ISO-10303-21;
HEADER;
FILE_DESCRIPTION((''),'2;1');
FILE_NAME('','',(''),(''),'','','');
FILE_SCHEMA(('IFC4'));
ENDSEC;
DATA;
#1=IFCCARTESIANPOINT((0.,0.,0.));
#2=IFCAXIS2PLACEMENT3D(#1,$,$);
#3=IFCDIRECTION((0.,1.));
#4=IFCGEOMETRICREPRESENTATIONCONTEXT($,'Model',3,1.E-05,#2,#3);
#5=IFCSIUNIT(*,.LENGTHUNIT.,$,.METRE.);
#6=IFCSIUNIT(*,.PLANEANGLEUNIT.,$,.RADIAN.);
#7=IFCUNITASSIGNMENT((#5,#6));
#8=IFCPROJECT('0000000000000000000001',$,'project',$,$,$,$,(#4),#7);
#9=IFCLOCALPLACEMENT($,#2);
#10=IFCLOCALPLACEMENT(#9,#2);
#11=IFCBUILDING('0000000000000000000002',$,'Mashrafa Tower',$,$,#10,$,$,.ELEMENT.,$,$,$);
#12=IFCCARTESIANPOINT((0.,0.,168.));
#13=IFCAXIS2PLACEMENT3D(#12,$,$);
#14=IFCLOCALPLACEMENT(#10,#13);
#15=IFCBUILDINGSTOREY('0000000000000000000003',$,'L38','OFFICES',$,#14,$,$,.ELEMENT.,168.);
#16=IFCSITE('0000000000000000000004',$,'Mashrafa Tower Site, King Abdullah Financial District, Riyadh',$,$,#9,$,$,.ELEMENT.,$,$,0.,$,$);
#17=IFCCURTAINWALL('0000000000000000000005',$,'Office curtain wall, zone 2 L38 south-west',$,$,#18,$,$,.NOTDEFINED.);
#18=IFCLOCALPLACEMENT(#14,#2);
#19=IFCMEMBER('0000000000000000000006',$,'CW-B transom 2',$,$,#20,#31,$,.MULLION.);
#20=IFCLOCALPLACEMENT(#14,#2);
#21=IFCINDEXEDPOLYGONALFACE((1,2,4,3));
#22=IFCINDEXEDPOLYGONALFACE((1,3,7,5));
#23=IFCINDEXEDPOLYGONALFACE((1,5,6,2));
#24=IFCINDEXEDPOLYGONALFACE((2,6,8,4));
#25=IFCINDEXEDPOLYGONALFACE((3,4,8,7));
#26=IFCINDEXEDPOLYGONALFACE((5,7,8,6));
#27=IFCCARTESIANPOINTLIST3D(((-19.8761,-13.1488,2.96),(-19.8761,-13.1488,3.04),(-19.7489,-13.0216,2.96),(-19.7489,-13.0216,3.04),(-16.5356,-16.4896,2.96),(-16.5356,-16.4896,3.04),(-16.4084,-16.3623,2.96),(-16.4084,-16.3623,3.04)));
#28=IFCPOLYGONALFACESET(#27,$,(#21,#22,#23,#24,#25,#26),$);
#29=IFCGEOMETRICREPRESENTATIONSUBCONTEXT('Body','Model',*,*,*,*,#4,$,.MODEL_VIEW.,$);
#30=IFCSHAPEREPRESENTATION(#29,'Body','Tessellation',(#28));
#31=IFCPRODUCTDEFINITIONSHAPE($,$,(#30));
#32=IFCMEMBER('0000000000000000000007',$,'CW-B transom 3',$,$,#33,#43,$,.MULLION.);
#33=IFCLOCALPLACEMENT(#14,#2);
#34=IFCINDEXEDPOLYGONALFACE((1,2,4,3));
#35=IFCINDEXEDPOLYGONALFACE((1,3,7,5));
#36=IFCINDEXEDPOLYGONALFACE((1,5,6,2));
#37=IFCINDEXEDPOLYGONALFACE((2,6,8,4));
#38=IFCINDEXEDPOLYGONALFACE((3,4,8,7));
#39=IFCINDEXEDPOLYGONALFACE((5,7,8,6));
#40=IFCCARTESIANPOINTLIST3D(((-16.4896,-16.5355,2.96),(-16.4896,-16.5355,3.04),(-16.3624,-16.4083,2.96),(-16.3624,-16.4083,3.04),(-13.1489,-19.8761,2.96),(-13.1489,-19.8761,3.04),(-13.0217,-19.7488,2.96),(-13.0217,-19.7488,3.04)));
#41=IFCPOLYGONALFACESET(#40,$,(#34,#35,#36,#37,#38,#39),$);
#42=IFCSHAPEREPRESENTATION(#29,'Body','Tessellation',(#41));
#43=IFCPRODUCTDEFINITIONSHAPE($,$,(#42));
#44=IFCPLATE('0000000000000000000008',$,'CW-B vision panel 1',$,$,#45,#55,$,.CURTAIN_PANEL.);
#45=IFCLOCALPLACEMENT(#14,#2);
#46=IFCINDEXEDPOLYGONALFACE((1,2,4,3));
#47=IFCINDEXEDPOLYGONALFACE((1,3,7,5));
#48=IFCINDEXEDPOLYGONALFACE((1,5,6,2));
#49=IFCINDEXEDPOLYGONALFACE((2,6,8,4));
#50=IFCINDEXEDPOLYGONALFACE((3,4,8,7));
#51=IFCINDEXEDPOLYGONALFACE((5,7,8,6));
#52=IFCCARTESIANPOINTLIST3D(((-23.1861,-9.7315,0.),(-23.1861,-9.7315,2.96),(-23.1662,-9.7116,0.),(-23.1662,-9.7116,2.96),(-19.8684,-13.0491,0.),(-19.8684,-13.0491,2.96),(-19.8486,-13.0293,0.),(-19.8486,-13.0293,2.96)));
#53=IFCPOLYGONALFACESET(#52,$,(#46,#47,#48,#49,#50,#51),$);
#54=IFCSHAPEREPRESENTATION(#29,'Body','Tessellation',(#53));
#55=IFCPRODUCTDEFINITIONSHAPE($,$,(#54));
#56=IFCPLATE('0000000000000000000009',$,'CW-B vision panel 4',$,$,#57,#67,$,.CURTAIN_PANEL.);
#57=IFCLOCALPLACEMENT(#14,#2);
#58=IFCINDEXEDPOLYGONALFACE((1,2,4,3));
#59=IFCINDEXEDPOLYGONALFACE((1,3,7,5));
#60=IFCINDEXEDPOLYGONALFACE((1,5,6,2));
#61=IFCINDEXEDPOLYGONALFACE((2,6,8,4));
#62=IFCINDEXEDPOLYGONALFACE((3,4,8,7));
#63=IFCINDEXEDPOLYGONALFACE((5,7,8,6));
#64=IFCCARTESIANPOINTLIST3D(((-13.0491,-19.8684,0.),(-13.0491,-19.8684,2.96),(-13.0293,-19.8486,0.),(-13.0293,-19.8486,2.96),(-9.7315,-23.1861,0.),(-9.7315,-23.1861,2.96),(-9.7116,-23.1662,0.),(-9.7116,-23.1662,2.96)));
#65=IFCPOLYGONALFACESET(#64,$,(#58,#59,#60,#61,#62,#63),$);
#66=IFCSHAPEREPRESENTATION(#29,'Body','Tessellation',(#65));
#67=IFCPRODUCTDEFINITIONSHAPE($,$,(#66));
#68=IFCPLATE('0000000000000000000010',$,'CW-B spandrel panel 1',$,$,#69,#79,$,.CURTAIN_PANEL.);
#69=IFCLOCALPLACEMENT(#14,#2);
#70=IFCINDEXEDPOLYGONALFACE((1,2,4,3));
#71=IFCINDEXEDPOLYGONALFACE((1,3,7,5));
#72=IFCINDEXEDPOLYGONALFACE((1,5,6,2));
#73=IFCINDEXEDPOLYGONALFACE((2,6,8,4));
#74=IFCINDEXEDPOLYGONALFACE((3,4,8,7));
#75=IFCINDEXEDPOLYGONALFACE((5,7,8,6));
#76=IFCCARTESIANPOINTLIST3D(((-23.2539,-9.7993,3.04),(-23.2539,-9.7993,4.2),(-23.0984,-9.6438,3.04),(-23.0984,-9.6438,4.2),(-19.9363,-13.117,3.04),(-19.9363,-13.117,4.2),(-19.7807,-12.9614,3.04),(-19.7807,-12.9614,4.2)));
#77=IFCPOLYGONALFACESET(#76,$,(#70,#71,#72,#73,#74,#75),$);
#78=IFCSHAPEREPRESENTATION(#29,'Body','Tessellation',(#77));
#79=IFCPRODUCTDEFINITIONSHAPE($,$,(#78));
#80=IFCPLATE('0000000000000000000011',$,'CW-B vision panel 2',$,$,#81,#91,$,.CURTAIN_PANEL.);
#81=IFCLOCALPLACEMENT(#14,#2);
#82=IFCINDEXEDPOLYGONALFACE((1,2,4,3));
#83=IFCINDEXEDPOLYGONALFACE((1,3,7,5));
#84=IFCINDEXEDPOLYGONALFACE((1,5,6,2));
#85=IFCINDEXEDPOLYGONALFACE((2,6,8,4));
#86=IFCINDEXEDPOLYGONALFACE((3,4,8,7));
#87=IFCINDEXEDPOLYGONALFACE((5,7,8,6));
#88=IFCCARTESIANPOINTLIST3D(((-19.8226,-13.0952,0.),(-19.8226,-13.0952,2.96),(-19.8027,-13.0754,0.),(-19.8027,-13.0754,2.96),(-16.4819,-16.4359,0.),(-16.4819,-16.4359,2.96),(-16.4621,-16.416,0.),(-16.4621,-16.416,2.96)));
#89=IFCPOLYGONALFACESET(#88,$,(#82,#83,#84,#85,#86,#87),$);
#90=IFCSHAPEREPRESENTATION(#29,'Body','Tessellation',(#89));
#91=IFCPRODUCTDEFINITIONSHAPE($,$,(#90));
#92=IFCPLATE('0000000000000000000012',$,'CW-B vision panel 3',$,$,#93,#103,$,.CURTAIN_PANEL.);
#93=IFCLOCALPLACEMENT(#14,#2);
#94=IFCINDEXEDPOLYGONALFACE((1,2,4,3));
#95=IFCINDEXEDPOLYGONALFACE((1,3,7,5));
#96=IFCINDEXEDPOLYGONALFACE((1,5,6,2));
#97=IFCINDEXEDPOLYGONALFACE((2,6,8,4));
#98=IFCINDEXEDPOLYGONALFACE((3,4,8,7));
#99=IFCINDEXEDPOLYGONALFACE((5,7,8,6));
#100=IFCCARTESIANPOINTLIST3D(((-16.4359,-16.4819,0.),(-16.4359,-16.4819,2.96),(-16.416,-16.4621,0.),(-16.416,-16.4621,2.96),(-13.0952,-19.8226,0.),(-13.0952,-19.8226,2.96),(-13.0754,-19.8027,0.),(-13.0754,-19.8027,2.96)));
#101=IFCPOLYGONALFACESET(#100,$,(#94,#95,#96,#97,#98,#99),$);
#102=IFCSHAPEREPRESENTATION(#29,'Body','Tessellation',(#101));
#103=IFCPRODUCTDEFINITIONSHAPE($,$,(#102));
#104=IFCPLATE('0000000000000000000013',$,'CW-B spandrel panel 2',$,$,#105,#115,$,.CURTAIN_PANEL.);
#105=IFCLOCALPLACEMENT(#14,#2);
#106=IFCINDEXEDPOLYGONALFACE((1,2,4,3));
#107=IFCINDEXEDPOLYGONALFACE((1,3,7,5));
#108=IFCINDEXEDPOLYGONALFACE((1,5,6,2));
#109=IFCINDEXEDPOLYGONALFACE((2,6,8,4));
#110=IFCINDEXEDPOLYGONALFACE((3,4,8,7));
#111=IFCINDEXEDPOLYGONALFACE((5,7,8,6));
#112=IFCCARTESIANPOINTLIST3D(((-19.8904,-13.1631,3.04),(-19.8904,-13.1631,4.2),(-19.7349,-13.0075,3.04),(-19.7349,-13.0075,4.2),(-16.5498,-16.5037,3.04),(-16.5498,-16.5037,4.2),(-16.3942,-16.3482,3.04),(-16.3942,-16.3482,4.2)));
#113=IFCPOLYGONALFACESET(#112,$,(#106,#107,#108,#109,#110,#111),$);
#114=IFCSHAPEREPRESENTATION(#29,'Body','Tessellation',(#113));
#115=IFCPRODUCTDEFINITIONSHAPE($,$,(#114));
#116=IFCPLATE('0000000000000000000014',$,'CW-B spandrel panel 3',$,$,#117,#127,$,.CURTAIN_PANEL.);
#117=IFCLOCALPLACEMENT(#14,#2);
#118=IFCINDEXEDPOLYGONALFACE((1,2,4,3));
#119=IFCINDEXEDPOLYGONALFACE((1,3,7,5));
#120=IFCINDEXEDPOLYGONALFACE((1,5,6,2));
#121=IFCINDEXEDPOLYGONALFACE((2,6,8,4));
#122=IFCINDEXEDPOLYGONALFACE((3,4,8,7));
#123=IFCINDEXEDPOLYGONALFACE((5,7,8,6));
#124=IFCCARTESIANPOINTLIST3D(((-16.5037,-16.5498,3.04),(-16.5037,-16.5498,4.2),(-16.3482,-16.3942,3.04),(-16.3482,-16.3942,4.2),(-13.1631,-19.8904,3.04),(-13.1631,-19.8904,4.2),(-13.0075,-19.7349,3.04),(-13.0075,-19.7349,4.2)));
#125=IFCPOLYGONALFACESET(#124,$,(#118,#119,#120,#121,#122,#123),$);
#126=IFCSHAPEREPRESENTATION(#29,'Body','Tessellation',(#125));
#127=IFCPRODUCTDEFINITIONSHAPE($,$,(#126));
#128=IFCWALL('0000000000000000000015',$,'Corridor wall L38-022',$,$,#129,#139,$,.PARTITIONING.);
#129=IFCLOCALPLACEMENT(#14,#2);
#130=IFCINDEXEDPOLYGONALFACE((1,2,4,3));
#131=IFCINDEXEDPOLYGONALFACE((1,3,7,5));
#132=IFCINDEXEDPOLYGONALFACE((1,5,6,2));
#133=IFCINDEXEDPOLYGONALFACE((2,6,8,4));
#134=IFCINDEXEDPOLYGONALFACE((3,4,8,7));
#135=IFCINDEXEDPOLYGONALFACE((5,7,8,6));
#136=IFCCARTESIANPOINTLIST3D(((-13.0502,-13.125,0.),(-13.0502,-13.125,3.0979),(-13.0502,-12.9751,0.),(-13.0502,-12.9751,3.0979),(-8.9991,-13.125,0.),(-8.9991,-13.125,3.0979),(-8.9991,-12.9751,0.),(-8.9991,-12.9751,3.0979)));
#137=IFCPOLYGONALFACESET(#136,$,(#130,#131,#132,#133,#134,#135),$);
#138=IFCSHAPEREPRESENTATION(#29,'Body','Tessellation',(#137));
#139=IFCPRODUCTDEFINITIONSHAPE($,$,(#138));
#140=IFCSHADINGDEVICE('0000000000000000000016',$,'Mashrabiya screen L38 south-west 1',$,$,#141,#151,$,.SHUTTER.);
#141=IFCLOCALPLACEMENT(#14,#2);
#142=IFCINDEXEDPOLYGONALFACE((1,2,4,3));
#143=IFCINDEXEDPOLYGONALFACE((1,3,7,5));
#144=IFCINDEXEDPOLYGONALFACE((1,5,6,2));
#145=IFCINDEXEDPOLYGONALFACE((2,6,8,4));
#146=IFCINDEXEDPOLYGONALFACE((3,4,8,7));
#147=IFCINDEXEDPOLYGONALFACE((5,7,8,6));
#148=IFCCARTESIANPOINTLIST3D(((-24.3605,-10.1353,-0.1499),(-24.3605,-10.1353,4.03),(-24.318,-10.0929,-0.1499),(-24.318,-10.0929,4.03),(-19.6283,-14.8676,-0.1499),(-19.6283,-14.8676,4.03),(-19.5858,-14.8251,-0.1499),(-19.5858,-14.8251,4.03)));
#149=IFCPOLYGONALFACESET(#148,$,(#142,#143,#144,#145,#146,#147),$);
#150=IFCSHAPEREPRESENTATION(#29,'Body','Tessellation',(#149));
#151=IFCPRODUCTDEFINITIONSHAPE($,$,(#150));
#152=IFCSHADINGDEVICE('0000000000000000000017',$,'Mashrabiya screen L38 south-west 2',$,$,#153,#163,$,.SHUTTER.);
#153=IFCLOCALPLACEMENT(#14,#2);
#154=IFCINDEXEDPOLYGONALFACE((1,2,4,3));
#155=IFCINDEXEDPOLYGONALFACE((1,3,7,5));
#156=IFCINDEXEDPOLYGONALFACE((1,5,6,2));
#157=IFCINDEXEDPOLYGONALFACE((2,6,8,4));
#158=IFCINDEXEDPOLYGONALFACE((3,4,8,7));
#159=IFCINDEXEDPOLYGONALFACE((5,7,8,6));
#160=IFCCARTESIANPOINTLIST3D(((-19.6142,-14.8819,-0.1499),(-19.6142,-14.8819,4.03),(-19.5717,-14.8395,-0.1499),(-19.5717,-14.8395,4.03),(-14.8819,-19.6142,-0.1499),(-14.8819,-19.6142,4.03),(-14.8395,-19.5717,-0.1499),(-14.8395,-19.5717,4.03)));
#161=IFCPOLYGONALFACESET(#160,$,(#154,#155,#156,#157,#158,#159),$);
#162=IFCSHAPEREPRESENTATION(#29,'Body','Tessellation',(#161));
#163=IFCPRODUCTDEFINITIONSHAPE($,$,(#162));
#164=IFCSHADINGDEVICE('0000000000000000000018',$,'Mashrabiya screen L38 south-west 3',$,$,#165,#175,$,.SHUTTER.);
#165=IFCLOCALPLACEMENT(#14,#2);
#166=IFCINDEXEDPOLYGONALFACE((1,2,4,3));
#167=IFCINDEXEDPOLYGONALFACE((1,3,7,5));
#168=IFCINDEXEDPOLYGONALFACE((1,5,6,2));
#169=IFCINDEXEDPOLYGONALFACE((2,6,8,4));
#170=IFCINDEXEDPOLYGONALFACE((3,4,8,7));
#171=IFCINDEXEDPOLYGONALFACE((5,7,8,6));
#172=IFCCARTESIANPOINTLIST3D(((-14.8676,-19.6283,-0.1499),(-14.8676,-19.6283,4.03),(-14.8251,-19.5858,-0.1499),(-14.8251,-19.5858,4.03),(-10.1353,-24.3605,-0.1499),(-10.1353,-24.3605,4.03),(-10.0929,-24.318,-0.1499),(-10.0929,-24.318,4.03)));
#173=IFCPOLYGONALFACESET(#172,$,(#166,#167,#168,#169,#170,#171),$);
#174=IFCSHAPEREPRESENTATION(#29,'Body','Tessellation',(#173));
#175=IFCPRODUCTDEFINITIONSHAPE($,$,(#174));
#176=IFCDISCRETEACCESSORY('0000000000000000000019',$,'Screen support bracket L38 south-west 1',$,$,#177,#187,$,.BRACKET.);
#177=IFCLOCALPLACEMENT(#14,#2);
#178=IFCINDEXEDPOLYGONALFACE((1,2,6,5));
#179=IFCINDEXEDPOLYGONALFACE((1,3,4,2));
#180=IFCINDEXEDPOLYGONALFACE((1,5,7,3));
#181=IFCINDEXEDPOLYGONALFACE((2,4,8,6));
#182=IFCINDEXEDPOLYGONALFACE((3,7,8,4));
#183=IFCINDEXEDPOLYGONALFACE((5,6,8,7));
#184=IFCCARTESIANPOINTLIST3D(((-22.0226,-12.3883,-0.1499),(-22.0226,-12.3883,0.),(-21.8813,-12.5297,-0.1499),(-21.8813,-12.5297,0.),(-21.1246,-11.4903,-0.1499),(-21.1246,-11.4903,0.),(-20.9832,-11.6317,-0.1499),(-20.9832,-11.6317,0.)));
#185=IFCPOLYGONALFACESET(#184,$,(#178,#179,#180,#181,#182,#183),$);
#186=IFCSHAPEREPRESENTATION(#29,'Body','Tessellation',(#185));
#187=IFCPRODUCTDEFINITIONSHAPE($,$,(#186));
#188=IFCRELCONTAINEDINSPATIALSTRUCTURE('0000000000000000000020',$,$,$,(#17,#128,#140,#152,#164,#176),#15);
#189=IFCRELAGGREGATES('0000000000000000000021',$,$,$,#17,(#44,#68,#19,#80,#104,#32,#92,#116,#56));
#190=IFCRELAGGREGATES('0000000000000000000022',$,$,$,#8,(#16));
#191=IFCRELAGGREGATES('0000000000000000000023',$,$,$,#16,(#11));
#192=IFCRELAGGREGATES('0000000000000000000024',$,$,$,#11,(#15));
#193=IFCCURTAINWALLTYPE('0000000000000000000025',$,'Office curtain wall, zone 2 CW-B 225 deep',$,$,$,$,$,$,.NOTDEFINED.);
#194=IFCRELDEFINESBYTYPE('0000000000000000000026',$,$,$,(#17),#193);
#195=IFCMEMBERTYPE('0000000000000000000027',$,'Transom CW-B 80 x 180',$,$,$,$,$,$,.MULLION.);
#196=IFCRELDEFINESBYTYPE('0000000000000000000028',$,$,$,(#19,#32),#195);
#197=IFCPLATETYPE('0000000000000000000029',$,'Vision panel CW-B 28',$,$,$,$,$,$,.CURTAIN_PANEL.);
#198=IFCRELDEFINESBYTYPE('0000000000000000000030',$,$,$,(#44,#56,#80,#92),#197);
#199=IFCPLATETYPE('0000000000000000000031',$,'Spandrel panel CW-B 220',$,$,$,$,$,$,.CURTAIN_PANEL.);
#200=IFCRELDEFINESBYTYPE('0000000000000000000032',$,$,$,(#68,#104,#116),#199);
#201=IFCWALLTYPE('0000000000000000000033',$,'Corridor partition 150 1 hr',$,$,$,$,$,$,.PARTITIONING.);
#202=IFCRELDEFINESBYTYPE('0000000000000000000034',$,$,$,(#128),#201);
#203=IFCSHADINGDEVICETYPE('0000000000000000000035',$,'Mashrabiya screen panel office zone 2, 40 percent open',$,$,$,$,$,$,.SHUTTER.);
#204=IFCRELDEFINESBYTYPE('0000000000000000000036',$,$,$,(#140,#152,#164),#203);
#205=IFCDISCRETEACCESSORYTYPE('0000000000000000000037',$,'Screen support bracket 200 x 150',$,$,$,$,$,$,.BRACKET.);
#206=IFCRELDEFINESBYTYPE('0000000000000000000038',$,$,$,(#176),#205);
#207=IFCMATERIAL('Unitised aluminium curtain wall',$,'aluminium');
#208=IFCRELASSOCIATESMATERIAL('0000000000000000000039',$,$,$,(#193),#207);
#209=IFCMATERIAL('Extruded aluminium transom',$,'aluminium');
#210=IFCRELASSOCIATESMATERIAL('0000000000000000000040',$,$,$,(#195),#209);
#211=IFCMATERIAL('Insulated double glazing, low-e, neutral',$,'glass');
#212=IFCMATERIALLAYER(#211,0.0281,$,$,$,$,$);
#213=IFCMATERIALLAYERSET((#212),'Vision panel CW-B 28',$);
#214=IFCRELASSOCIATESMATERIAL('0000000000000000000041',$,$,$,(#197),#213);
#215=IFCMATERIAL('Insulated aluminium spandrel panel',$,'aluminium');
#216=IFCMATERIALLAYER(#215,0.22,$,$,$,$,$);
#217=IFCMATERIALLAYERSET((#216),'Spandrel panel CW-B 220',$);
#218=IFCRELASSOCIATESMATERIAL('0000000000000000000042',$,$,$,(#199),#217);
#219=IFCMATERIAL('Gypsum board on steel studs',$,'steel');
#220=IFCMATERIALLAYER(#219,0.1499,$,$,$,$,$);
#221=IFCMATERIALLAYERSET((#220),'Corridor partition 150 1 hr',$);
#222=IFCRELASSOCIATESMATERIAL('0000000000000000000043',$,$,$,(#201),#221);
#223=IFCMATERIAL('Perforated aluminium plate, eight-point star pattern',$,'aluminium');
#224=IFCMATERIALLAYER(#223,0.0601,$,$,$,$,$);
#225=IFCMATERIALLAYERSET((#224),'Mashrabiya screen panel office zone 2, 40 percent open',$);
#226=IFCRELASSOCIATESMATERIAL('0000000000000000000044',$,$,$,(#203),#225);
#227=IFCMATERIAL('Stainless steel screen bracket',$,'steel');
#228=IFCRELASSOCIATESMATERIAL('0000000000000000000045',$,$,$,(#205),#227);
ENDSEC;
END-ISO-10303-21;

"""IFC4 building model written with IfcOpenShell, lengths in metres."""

from ifc_helpers import new_model, si_unit, direction, frame, frame_2d, origin, origin_2d, place, context, subcontext, project, spatial, rectangle, extrude, source, transform, mapped, material, layer, layer_set, material_profile, profile_set, type_object, type_shapes, element, aggregate, save


model = new_model("IFC4")

# Units and contexts
model_context = context("Model", 3, precision=1e-05, world=origin(), true_north=direction((0.0, 1.0)))
body_context = subcontext(model_context, "Body", "Model", "MODEL_VIEW")
ifc_project = project(units=[si_unit("LENGTHUNIT", "METRE"), si_unit("PLANEANGLEUNIT", "RADIAN")], contexts=[model_context])

# Site, building, storey
site_placement = place(None, origin())
site = spatial("IfcSite", under=ifc_project, at=site_placement, Name="Mashrafa Tower Site, King Abdullah Financial District, Riyadh", CompositionType="ELEMENT", RefElevation=0.0)
building_placement = place(site_placement, origin())
building = spatial("IfcBuilding", under=site, at=building_placement, Name="Mashrafa Tower", CompositionType="ELEMENT")
storey_placement = place(building_placement, frame((0.0, 0.0, 168.0)))
storey = spatial("IfcBuildingStorey", under=building, at=storey_placement, Name="L38", Description="OFFICES", CompositionType="ELEMENT", Elevation=168.0)

# Curtain wall, members, plates
ifc_material_1 = material(Name="Unitised aluminium curtain wall", Category="aluminium")
curtain_wall_type = type_object("IfcCurtainWallType", Name="Office curtain wall, zone 2 CW-B 225 deep", PredefinedType="NOTDEFINED", material=ifc_material_1)
curtain_wall_placement = place(storey_placement, origin())
curtain_wall = element("IfcCurtainWall", 1, at=curtain_wall_placement, inside=storey, type_object=curtain_wall_type, Name="Office curtain wall, zone 2 L38 south-west", PredefinedType="NOTDEFINED")
ifc_material_2 = material(Name="Extruded aluminium transom", Category="aluminium")
ifc_material_profile_1 = material_profile(ifc_material_2, rectangle(XDim=0.1799, YDim=0.0801, at=origin_2d()), Name="Transom 80x180")
ifc_profile_set_1 = profile_set([ifc_material_profile_1], Name="Extruded aluminium transom")
member_type_1 = type_object("IfcMemberType", Name="Transom CW-B 80 x 180", PredefinedType="MULLION", material=ifc_profile_set_1)
shared_shape_1 = source(origin(), body_context, "Body", "SweptSolid", [
    extrude(rectangle(XDim=0.1799, YDim=0.0801, at=origin_2d()), origin(), (0.0, 0.0, 1.0), 4.7244),
])
member_1_placement = place(storey_placement, frame((-19.8125, -13.0852, 3.0), z_axis=(0.707081, -0.707133, 0.0), x_axis=(0.707133, 0.707081, 0.0)))
member_1 = element("IfcMember", 2, at=member_1_placement, type_object=member_type_1, Name="CW-B transom 2", PredefinedType="MULLION", context=body_context, shape_type="MappedRepresentation", body=[
    mapped(shared_shape_1, transform((0.0, 0.0, 0.0))),
])
member_2_placement = place(storey_placement, frame((-16.426, -16.4719, 3.0), z_axis=(0.707133, -0.707081, 0.0), x_axis=(0.707081, 0.707133, 0.0)))
member_2 = element("IfcMember", 3, at=member_2_placement, type_object=member_type_1, Name="CW-B transom 3", PredefinedType="MULLION", context=body_context, shape_type="MappedRepresentation", body=[
    mapped(shared_shape_1, transform((0.0, 0.0, 0.0))),
])
ifc_material_3 = material(Name="Insulated double glazing, low-e, neutral", Category="glass")
ifc_layer_1 = layer(ifc_material_3, 0.0281)
ifc_layer_set_1 = layer_set([ifc_layer_1], Name="Vision panel CW-B 28")
plate_type_1 = type_object("IfcPlateType", Name="Vision panel CW-B 28", PredefinedType="CURTAIN_PANEL", material=ifc_layer_set_1)
shared_shape_2 = source(origin(), body_context, "Body", "SweptSolid", [
    extrude(rectangle(XDim=4.6919, YDim=0.0281, at=origin_2d()), origin(), (0.0, 0.0, 1.0), 2.96),
])
plate_1_placement = place(storey_placement, frame((-21.5173, -11.3804, 0.0), z_axis=(0.0, 0.0, 1.0), x_axis=(0.707107, -0.707107, 0.0)))
plate_1 = element("IfcPlate", 4, at=plate_1_placement, type_object=plate_type_1, Name="CW-B vision panel 1", PredefinedType="CURTAIN_PANEL", context=body_context, shape_type="MappedRepresentation", body=[
    mapped(shared_shape_2, transform((0.0, 0.0, 0.0))),
])
plate_2_placement = place(storey_placement, frame((-11.3804, -21.5173, 0.0), z_axis=(0.0, 0.0, 1.0), x_axis=(0.707107, -0.707107, 0.0)))
plate_2 = element("IfcPlate", 5, at=plate_2_placement, type_object=plate_type_1, Name="CW-B vision panel 4", PredefinedType="CURTAIN_PANEL", context=body_context, shape_type="MappedRepresentation", body=[
    mapped(shared_shape_2, transform((0.0, 0.0, 0.0))),
])
ifc_material_4 = material(Name="Insulated aluminium spandrel panel", Category="aluminium")
ifc_layer_2 = layer(ifc_material_4, 0.22)
ifc_layer_set_2 = layer_set([ifc_layer_2], Name="Spandrel panel CW-B 220")
plate_type_2 = type_object("IfcPlateType", Name="Spandrel panel CW-B 220", PredefinedType="CURTAIN_PANEL", material=ifc_layer_set_2)
shared_shape_3 = source(origin(), body_context, "Body", "SweptSolid", [
    extrude(rectangle(XDim=4.6919, YDim=0.22, at=origin_2d()), origin(), (0.0, 0.0, 1.0), 1.1599),
])
plate_3_placement = place(storey_placement, frame((-21.5173, -11.3804, 3.04), z_axis=(0.0, 0.0, 1.0), x_axis=(0.707107, -0.707107, 0.0)))
plate_3 = element("IfcPlate", 6, at=plate_3_placement, type_object=plate_type_2, Name="CW-B spandrel panel 1", PredefinedType="CURTAIN_PANEL", context=body_context, shape_type="MappedRepresentation", body=[
    mapped(shared_shape_3, transform((0.0, 0.0, 0.0))),
])
shared_shape_4 = source(origin(), body_context, "Body", "SweptSolid", [
    extrude(rectangle(XDim=4.7244, YDim=0.0281, at=origin_2d()), origin(), (0.0, 0.0, 1.0), 2.96),
])
type_shapes(plate_type_1, [shared_shape_2, shared_shape_4])
plate_4_placement = place(storey_placement, frame((-18.1423, -14.7556, 0.0), z_axis=(0.0, 0.0, 1.0), x_axis=(0.707107, -0.707107, 0.0)))
plate_4 = element("IfcPlate", 7, at=plate_4_placement, type_object=plate_type_1, Name="CW-B vision panel 2", PredefinedType="CURTAIN_PANEL", context=body_context, shape_type="MappedRepresentation", body=[
    mapped(shared_shape_4, transform((0.0, 0.0, 0.0))),
])
plate_5_placement = place(storey_placement, frame((-14.7556, -18.1423, 0.0), z_axis=(0.0, 0.0, 1.0), x_axis=(0.707107, -0.707107, 0.0)))
plate_5 = element("IfcPlate", 8, at=plate_5_placement, type_object=plate_type_1, Name="CW-B vision panel 3", PredefinedType="CURTAIN_PANEL", context=body_context, shape_type="MappedRepresentation", body=[
    mapped(shared_shape_4, transform((0.0, 0.0, 0.0))),
])
shared_shape_5 = source(origin(), body_context, "Body", "SweptSolid", [
    extrude(rectangle(XDim=4.7244, YDim=0.22, at=origin_2d()), origin(), (0.0, 0.0, 1.0), 1.1599),
])
type_shapes(plate_type_2, [shared_shape_3, shared_shape_5])
plate_6_placement = place(storey_placement, frame((-18.1423, -14.7556, 3.04), z_axis=(0.0, 0.0, 1.0), x_axis=(0.707107, -0.707107, 0.0)))
plate_6 = element("IfcPlate", 9, at=plate_6_placement, type_object=plate_type_2, Name="CW-B spandrel panel 2", PredefinedType="CURTAIN_PANEL", context=body_context, shape_type="MappedRepresentation", body=[
    mapped(shared_shape_5, transform((0.0, 0.0, 0.0))),
])
plate_7_placement = place(storey_placement, frame((-14.7556, -18.1423, 3.04), z_axis=(0.0, 0.0, 1.0), x_axis=(0.707107, -0.707107, 0.0)))
plate_7 = element("IfcPlate", 10, at=plate_7_placement, type_object=plate_type_2, Name="CW-B spandrel panel 3", PredefinedType="CURTAIN_PANEL", context=body_context, shape_type="MappedRepresentation", body=[
    mapped(shared_shape_5, transform((0.0, 0.0, 0.0))),
])
aggregate(curtain_wall, [plate_1, plate_3, member_1, plate_4, plate_6, member_2, plate_5, plate_7, plate_2])

# Wall
ifc_material_5 = material(Name="Gypsum board on steel studs", Category="steel")
ifc_layer_3 = layer(ifc_material_5, 0.1499)
ifc_layer_set_3 = layer_set([ifc_layer_3], Name="Corridor partition 150 1 hr")
wall_type = type_object("IfcWallType", Name="Corridor partition 150 1 hr", PredefinedType="PARTITIONING", material=ifc_layer_set_3)
wall_placement = place(storey_placement, frame((-13.05, -13.05, 0.0), z_axis=(0.0, 0.0, 1.0), x_axis=(1.0, 0.0, 0.0)))
element("IfcWall", 11, at=wall_placement, inside=storey, type_object=wall_type, Name="Corridor wall L38-022", PredefinedType="PARTITIONING", context=body_context, shape_type="SweptSolid", body=[
    extrude(rectangle(XDim=4.051, YDim=0.1499, at=frame_2d((2.0254, 0.0))), origin(), (0.0, 0.0, 1.0), 3.0979),
])

# Shading devices
ifc_material_6 = material(Name="Perforated aluminium plate, eight-point star pattern", Category="aluminium")
ifc_layer_4 = layer(ifc_material_6, 0.0601)
ifc_layer_set_4 = layer_set([ifc_layer_4], Name="Mashrabiya screen panel office zone 2, 40 percent open")
shading_device_type = type_object("IfcShadingDeviceType", Name="Mashrabiya screen panel office zone 2, 40 percent open", PredefinedType="SHUTTER", material=ifc_layer_set_4)
shared_shape_6 = source(origin(), body_context, "Body", "SweptSolid", [
    extrude(rectangle(XDim=6.6924, YDim=0.0601, at=origin_2d()), origin(), (0.0, 0.0, 1.0), 4.1799),
])
type_shapes(shading_device_type, [shared_shape_6])
for number, where, z_axis, x_axis, name in (
    (12, (-21.9731, -12.4802, -0.1499), (0.0, 0.0, 1.0), (0.707107, -0.707107, 0.0), "Mashrabiya screen L38 south-west 1"),
    (13, (-17.2268, -17.2268, -0.1499), (0.0, 0.0, 1.0), (0.707107, -0.707107, 0.0), "Mashrabiya screen L38 south-west 2"),
    (14, (-12.4802, -21.9731, -0.1499), (0.0, 0.0, 1.0), (0.707107, -0.707107, 0.0), "Mashrabiya screen L38 south-west 3"),
):
    element("IfcShadingDevice", number, at=place(storey_placement, frame(where, z_axis=z_axis, x_axis=x_axis)), inside=storey, type_object=shading_device_type, Name=name, PredefinedType="SHUTTER", context=body_context, shape_type="MappedRepresentation", body=[
        mapped(shared_shape_6, transform((0.0, 0.0, 0.0))),
    ])

# Discrete accessory
ifc_material_7 = material(Name="Stainless steel screen bracket", Category="steel")
discrete_accessory_type = type_object("IfcDiscreteAccessoryType", Name="Screen support bracket 200 x 150", PredefinedType="BRACKET", material=ifc_material_7)
shared_shape_7 = source(origin(), body_context, "Body", "SweptSolid", [
    extrude(rectangle(XDim=0.2, YDim=1.27, at=origin_2d()), origin(), (0.0, 0.0, 1.0), 0.1499),
])
type_shapes(discrete_accessory_type, [shared_shape_7])
for number, where, z_axis, x_axis, name in (
    (15, (-21.5029, -12.01, -0.1499), (0.0, 0.0, 1.0), (0.707107, -0.707107, 0.0), "Screen support bracket L38 south-west 1"),
):
    element("IfcDiscreteAccessory", number, at=place(storey_placement, frame(where, z_axis=z_axis, x_axis=x_axis)), inside=storey, type_object=discrete_accessory_type, Name=name, PredefinedType="BRACKET", context=body_context, shape_type="MappedRepresentation", body=[
        mapped(shared_shape_7, transform((0.0, 0.0, 0.0))),
    ])

save(model, "model.ifc")
